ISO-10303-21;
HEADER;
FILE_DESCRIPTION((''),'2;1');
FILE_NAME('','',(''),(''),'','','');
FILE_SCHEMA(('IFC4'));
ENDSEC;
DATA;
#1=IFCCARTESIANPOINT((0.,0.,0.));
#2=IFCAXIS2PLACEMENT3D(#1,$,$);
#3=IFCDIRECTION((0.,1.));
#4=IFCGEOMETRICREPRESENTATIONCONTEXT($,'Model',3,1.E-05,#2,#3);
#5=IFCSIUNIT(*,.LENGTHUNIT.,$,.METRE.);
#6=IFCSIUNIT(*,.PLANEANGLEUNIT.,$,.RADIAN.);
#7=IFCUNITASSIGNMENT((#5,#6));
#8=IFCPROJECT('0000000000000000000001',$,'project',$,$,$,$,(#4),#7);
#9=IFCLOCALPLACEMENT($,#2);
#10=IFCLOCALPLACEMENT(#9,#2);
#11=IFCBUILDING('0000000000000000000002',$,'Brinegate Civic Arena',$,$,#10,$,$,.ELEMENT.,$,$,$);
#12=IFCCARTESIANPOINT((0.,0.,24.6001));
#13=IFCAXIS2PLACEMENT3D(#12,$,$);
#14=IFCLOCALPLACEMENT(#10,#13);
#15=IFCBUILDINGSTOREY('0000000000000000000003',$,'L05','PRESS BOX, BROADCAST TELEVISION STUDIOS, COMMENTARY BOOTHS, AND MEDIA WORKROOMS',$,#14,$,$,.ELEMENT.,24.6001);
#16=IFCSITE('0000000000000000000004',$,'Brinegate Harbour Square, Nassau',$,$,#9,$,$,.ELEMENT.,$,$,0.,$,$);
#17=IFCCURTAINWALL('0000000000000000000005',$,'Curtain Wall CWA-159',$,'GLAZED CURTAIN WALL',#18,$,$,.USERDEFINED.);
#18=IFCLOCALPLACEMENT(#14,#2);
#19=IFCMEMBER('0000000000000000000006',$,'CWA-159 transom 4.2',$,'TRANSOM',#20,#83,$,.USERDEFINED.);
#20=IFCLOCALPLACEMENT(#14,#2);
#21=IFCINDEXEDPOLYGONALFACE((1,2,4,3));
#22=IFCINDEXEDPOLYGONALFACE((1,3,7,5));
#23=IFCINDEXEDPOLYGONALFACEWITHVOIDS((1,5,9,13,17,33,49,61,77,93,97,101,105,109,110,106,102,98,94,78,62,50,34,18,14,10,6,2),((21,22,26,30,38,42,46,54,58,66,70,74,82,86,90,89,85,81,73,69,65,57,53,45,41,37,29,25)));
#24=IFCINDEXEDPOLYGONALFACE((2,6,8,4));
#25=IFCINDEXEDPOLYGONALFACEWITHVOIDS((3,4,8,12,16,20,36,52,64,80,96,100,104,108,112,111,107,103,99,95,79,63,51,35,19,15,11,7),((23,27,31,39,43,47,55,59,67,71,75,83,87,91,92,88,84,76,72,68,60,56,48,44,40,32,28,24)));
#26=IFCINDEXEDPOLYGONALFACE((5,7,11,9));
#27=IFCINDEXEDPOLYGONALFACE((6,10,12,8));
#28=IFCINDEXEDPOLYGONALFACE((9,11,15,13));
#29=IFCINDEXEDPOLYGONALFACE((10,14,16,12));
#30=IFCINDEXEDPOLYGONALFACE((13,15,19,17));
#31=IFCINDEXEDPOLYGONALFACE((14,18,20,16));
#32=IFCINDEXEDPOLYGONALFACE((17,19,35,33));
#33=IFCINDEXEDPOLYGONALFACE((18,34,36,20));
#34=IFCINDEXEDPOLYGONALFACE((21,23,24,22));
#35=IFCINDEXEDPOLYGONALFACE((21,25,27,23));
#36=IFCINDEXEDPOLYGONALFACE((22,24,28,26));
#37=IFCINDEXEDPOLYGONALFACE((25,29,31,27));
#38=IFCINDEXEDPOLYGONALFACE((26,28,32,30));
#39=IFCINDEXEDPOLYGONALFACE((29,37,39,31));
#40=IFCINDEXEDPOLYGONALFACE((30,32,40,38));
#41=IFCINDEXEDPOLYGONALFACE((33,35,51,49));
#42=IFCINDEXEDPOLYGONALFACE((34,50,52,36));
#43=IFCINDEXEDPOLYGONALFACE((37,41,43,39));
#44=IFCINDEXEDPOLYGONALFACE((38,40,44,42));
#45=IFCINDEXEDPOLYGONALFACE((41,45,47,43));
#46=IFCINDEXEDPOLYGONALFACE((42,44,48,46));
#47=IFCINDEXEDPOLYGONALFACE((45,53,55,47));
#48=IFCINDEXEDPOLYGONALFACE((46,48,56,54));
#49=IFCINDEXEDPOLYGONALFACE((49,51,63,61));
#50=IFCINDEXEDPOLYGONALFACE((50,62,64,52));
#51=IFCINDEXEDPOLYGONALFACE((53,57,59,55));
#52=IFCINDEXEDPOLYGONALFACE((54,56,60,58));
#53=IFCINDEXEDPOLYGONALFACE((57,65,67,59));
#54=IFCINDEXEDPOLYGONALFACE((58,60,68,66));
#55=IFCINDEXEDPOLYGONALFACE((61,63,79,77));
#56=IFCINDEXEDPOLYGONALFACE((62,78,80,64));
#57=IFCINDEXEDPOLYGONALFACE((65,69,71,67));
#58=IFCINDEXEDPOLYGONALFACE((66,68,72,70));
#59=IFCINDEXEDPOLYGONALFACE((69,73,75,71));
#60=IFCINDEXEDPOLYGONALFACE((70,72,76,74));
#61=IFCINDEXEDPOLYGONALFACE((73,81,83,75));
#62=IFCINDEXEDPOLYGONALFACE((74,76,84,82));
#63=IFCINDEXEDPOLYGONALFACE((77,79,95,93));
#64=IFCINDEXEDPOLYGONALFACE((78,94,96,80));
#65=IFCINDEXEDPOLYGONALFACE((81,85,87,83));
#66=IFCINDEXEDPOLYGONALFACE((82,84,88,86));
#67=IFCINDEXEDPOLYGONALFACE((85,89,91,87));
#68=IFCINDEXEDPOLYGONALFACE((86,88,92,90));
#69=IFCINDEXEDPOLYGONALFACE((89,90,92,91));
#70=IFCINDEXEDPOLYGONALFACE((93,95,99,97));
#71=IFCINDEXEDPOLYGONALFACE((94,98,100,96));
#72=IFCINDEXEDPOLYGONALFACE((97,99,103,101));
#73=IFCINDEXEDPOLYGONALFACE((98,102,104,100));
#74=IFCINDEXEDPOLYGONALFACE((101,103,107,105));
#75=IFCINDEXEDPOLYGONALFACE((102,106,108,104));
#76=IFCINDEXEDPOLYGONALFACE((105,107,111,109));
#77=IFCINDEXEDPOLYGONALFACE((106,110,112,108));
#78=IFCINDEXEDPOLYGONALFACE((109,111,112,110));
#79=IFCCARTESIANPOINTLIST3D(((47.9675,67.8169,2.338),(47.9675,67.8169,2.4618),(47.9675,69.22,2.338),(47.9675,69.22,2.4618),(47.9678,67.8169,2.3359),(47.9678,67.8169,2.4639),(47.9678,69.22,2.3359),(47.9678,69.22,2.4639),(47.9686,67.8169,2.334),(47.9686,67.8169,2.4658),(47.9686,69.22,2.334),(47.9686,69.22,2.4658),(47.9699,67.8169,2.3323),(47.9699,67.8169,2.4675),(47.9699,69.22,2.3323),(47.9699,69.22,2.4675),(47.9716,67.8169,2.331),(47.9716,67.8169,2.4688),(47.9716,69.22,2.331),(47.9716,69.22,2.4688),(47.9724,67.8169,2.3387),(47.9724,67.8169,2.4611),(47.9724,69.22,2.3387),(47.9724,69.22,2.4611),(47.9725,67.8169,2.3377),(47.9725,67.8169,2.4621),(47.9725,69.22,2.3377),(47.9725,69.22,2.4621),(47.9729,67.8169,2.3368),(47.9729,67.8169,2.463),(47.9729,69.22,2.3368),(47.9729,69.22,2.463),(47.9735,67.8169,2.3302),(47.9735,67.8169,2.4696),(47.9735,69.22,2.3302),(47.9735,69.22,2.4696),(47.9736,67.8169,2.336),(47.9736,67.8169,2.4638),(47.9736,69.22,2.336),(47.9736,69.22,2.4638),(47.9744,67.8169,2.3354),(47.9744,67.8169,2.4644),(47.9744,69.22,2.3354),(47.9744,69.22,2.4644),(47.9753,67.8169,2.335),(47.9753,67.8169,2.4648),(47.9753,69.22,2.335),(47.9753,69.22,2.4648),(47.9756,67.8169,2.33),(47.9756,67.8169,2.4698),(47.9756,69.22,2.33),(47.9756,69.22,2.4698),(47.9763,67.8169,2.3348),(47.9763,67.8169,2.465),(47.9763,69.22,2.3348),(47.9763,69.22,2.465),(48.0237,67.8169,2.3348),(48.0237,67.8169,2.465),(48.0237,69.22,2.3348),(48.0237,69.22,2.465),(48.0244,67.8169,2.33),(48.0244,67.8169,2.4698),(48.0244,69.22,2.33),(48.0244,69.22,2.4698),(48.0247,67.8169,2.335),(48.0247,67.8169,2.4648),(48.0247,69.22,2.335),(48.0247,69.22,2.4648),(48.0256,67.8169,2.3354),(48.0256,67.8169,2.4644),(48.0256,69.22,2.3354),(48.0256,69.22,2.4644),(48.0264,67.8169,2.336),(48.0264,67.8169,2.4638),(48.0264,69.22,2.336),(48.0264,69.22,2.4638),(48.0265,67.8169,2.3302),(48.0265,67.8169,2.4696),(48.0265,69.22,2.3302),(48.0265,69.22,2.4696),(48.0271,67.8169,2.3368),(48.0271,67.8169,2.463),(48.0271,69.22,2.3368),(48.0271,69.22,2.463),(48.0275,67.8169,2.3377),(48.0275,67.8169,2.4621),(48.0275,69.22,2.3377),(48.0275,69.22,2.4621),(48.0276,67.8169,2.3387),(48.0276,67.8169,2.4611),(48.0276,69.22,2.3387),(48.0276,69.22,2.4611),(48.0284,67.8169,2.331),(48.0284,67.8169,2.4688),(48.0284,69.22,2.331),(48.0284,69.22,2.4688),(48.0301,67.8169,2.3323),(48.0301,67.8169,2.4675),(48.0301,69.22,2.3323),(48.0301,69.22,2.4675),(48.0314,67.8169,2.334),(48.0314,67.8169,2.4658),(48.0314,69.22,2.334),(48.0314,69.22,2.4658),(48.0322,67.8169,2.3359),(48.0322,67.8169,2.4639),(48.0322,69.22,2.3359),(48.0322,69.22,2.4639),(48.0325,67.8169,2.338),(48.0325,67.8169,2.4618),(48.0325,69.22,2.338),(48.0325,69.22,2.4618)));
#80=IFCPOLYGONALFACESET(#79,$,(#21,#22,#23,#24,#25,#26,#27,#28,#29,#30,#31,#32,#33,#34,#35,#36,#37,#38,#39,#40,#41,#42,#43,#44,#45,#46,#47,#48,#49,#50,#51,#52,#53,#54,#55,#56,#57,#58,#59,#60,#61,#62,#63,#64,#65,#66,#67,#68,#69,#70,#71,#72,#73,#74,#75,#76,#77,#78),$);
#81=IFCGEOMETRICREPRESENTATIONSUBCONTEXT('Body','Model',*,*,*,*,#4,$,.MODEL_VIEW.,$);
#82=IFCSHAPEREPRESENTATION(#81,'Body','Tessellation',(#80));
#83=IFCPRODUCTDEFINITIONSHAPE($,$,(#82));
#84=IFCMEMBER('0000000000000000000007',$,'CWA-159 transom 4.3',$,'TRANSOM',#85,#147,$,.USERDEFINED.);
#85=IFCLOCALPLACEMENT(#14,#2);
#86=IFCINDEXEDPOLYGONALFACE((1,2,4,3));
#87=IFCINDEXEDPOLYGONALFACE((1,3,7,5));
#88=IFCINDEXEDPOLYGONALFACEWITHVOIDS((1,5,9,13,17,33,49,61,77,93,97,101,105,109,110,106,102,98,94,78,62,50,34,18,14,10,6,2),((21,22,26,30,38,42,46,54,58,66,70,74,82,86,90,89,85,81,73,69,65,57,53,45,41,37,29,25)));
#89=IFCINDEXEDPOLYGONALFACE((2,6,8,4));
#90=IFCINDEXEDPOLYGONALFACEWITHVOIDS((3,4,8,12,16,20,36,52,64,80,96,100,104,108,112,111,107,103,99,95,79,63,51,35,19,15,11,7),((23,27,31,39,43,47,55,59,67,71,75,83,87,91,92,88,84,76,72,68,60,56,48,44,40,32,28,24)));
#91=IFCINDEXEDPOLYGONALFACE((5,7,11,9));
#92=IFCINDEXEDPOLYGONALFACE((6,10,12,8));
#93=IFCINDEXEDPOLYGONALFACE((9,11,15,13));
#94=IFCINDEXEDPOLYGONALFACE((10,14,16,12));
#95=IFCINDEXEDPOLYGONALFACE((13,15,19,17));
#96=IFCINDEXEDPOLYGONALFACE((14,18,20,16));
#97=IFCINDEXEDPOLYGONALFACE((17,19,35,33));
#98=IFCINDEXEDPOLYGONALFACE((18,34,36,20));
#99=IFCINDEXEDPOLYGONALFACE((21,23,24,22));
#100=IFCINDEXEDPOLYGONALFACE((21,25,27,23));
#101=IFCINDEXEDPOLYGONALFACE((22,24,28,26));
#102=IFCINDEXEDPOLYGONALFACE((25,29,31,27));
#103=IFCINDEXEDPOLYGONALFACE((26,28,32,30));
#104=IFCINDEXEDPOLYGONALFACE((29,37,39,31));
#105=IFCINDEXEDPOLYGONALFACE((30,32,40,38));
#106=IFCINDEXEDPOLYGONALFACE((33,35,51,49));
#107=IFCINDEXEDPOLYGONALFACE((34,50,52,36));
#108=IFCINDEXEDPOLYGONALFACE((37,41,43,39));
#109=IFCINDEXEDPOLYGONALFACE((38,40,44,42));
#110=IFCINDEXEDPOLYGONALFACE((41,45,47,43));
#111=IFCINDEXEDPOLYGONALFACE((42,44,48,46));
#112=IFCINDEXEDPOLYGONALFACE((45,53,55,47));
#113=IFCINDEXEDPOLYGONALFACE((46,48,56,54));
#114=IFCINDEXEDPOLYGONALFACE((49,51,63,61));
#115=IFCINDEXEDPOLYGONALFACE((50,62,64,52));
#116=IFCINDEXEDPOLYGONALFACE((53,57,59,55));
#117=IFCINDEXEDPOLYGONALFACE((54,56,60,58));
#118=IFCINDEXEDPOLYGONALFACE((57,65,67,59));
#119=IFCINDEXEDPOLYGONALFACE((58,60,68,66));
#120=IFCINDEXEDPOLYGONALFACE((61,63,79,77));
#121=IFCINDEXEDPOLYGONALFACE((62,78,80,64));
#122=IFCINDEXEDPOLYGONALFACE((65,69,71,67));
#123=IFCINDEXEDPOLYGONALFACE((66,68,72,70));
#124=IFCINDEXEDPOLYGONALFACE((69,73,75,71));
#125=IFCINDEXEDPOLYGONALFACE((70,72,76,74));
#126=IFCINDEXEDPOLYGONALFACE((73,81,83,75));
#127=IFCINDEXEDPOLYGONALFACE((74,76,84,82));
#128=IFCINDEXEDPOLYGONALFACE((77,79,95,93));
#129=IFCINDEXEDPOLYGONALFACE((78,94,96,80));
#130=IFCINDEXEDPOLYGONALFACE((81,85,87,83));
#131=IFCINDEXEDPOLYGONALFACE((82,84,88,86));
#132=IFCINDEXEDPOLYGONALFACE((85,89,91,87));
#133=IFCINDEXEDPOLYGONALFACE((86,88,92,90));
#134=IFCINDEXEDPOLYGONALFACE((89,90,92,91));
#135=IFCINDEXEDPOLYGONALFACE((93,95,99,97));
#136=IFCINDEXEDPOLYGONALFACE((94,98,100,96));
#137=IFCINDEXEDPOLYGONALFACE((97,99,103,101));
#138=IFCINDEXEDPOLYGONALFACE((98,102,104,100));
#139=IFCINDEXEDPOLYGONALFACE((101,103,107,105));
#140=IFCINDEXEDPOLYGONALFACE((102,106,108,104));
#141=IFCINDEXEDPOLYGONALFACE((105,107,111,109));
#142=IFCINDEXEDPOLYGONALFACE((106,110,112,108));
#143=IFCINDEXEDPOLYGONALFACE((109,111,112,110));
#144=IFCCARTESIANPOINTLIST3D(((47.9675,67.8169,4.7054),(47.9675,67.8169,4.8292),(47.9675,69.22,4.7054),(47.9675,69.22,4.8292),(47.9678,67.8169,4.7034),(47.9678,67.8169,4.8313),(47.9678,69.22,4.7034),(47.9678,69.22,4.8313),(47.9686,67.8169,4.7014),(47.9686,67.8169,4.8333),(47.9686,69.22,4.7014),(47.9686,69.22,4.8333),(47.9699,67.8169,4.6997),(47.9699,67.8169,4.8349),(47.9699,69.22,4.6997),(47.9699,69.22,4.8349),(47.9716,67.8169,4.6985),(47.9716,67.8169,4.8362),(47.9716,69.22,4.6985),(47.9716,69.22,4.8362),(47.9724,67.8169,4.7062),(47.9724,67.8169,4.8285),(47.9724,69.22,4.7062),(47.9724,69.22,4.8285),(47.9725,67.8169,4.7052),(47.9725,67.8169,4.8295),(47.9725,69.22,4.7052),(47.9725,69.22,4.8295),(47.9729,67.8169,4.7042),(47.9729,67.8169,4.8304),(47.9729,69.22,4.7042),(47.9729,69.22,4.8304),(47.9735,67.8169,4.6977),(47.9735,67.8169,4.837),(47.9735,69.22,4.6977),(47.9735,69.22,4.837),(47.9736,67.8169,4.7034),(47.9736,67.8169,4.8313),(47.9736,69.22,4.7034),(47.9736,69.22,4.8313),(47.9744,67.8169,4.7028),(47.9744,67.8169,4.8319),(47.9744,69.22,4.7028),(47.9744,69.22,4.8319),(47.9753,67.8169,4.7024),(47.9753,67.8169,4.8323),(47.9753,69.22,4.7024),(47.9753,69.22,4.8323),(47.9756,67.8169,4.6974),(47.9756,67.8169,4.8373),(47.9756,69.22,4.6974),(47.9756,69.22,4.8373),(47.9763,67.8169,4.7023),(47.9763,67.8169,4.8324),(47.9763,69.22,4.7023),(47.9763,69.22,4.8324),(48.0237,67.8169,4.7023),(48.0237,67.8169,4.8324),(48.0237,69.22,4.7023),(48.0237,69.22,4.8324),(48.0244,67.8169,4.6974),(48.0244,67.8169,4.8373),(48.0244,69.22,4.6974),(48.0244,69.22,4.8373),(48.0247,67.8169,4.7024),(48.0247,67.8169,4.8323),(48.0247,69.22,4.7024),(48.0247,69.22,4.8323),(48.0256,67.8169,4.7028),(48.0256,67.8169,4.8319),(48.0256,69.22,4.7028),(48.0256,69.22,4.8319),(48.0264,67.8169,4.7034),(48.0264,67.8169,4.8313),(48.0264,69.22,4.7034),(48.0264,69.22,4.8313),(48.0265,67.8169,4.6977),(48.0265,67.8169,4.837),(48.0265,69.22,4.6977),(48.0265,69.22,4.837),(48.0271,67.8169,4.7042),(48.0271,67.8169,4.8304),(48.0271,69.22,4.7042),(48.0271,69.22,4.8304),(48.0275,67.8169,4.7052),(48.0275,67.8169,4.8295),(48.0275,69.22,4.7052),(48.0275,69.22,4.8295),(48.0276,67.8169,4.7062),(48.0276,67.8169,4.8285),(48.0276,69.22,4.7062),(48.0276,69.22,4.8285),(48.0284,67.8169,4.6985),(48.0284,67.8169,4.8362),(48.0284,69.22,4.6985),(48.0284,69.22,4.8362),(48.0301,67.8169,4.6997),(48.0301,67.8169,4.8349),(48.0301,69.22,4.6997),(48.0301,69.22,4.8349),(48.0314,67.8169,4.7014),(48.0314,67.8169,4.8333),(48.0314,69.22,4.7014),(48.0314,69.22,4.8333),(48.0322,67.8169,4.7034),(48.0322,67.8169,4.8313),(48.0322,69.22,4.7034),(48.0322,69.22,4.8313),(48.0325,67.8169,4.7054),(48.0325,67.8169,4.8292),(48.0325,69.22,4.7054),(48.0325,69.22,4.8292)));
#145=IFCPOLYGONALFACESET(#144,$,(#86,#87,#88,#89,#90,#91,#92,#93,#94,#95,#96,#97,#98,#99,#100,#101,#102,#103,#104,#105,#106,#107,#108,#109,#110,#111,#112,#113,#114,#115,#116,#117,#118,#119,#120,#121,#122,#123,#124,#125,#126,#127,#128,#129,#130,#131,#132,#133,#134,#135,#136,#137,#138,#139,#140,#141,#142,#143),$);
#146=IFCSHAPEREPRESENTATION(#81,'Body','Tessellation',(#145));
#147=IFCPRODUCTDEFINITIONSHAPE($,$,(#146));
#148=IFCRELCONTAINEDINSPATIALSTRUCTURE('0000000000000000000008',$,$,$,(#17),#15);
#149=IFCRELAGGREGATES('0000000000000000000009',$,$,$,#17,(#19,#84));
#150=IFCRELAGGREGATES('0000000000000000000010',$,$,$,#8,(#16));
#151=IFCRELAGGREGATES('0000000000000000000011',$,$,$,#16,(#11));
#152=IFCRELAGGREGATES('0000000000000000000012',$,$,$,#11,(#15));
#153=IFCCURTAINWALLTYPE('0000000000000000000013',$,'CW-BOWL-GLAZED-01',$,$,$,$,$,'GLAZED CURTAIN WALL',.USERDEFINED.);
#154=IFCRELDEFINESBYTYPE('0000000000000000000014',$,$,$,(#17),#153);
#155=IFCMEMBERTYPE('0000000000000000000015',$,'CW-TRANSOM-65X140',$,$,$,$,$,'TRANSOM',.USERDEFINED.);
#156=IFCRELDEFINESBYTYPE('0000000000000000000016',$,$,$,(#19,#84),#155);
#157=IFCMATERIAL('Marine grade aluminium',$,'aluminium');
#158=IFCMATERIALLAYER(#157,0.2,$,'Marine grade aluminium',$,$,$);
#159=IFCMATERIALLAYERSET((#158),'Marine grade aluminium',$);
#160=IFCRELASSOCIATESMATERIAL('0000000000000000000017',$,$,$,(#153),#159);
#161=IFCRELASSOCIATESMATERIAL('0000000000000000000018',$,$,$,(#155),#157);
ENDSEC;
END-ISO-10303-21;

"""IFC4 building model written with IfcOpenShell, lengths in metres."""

from ifc_helpers import new_model, si_unit, direction, frame, origin, origin_2d, place, context, subcontext, project, spatial, hollow_rectangle, extrude, material, layer, layer_set, material_profile, profile_set, type_object, element, aggregate, save


model = new_model("IFC4")

# Units and contexts
model_context = context("Model", 3, precision=1e-05, world=origin(), true_north=direction((0.0, 1.0)))
body_context = subcontext(model_context, "Body", "Model", "MODEL_VIEW")
ifc_project = project(units=[si_unit("LENGTHUNIT", "METRE"), si_unit("PLANEANGLEUNIT", "RADIAN")], contexts=[model_context])

# Site, building, storey
site_placement = place(None, origin())
site = spatial("IfcSite", under=ifc_project, at=site_placement, Name="Brinegate Harbour Square, Nassau", CompositionType="ELEMENT", RefElevation=0.0)
building_placement = place(site_placement, origin())
building = spatial("IfcBuilding", under=site, at=building_placement, Name="Brinegate Civic Arena", CompositionType="ELEMENT")
storey_placement = place(building_placement, frame((0.0, 0.0, 24.6001)))
storey = spatial("IfcBuildingStorey", under=building, at=storey_placement, Name="L05", Description="PRESS BOX, BROADCAST TELEVISION STUDIOS, COMMENTARY BOOTHS, AND MEDIA WORKROOMS", CompositionType="ELEMENT", Elevation=24.6001)

# Curtain wall, members
ifc_material_1 = material(Name="Marine grade aluminium", Category="aluminium")
ifc_layer_1 = layer(ifc_material_1, 0.2, Name="Marine grade aluminium")
ifc_layer_set_1 = layer_set([ifc_layer_1], Name="Marine grade aluminium")
curtain_wall_type = type_object("IfcCurtainWallType", Name="CW-BOWL-GLAZED-01", ElementType="GLAZED CURTAIN WALL", PredefinedType="USERDEFINED", material=ifc_layer_set_1)
curtain_wall_1_placement = place(storey_placement, origin())
curtain_wall_1 = element("IfcCurtainWall", 1, at=curtain_wall_1_placement, inside=storey, type_object=curtain_wall_type, Name="Curtain Wall CWA-159", ObjectType="GLAZED CURTAIN WALL", PredefinedType="USERDEFINED")
ifc_material_profile_1 = material_profile(ifc_material_1, hollow_rectangle(XDim=0.0649, YDim=0.1399, WallThickness=0.0049, InnerFilletRadius=0.0039, OuterFilletRadius=0.0081, at=origin_2d()), Name="TRN65X140")
ifc_profile_set_1 = profile_set([ifc_material_profile_1], Name="Marine grade aluminium")
member_type_1 = type_object("IfcMemberType", Name="CW-TRANSOM-65X140", ElementType="TRANSOM", PredefinedType="USERDEFINED", material=ifc_profile_set_1)
member_1_placement = place(storey_placement, frame((48.0, 67.8169, 2.3999), z_axis=(0.0, 1.0, 0.0), x_axis=(-1.0, 0.0, 0.0)))
member_1 = element("IfcMember", 2, at=member_1_placement, type_object=member_type_1, Name="CWA-159 transom 4.2", ObjectType="TRANSOM", PredefinedType="USERDEFINED", context=body_context, shape_type="SweptSolid", body=[
    extrude(hollow_rectangle(XDim=0.0649, YDim=0.1399, WallThickness=0.0049, InnerFilletRadius=0.0039, OuterFilletRadius=0.0081, at=origin_2d()), origin(), (0.0, 0.0, 1.0), 1.4031),
])
member_2_placement = place(storey_placement, frame((48.0, 67.8169, 4.7673), z_axis=(0.0, 1.0, 0.0), x_axis=(-1.0, 0.0, 0.0)))
member_2 = element("IfcMember", 3, at=member_2_placement, type_object=member_type_1, Name="CWA-159 transom 4.3", ObjectType="TRANSOM", PredefinedType="USERDEFINED", context=body_context, shape_type="SweptSolid", body=[
    extrude(hollow_rectangle(XDim=0.0649, YDim=0.1399, WallThickness=0.0049, InnerFilletRadius=0.0039, OuterFilletRadius=0.0081, at=origin_2d()), origin(), (0.0, 0.0, 1.0), 1.4031),
])

aggregate(curtain_wall_1, [member_1, member_2])

save(model, "model.ifc")
